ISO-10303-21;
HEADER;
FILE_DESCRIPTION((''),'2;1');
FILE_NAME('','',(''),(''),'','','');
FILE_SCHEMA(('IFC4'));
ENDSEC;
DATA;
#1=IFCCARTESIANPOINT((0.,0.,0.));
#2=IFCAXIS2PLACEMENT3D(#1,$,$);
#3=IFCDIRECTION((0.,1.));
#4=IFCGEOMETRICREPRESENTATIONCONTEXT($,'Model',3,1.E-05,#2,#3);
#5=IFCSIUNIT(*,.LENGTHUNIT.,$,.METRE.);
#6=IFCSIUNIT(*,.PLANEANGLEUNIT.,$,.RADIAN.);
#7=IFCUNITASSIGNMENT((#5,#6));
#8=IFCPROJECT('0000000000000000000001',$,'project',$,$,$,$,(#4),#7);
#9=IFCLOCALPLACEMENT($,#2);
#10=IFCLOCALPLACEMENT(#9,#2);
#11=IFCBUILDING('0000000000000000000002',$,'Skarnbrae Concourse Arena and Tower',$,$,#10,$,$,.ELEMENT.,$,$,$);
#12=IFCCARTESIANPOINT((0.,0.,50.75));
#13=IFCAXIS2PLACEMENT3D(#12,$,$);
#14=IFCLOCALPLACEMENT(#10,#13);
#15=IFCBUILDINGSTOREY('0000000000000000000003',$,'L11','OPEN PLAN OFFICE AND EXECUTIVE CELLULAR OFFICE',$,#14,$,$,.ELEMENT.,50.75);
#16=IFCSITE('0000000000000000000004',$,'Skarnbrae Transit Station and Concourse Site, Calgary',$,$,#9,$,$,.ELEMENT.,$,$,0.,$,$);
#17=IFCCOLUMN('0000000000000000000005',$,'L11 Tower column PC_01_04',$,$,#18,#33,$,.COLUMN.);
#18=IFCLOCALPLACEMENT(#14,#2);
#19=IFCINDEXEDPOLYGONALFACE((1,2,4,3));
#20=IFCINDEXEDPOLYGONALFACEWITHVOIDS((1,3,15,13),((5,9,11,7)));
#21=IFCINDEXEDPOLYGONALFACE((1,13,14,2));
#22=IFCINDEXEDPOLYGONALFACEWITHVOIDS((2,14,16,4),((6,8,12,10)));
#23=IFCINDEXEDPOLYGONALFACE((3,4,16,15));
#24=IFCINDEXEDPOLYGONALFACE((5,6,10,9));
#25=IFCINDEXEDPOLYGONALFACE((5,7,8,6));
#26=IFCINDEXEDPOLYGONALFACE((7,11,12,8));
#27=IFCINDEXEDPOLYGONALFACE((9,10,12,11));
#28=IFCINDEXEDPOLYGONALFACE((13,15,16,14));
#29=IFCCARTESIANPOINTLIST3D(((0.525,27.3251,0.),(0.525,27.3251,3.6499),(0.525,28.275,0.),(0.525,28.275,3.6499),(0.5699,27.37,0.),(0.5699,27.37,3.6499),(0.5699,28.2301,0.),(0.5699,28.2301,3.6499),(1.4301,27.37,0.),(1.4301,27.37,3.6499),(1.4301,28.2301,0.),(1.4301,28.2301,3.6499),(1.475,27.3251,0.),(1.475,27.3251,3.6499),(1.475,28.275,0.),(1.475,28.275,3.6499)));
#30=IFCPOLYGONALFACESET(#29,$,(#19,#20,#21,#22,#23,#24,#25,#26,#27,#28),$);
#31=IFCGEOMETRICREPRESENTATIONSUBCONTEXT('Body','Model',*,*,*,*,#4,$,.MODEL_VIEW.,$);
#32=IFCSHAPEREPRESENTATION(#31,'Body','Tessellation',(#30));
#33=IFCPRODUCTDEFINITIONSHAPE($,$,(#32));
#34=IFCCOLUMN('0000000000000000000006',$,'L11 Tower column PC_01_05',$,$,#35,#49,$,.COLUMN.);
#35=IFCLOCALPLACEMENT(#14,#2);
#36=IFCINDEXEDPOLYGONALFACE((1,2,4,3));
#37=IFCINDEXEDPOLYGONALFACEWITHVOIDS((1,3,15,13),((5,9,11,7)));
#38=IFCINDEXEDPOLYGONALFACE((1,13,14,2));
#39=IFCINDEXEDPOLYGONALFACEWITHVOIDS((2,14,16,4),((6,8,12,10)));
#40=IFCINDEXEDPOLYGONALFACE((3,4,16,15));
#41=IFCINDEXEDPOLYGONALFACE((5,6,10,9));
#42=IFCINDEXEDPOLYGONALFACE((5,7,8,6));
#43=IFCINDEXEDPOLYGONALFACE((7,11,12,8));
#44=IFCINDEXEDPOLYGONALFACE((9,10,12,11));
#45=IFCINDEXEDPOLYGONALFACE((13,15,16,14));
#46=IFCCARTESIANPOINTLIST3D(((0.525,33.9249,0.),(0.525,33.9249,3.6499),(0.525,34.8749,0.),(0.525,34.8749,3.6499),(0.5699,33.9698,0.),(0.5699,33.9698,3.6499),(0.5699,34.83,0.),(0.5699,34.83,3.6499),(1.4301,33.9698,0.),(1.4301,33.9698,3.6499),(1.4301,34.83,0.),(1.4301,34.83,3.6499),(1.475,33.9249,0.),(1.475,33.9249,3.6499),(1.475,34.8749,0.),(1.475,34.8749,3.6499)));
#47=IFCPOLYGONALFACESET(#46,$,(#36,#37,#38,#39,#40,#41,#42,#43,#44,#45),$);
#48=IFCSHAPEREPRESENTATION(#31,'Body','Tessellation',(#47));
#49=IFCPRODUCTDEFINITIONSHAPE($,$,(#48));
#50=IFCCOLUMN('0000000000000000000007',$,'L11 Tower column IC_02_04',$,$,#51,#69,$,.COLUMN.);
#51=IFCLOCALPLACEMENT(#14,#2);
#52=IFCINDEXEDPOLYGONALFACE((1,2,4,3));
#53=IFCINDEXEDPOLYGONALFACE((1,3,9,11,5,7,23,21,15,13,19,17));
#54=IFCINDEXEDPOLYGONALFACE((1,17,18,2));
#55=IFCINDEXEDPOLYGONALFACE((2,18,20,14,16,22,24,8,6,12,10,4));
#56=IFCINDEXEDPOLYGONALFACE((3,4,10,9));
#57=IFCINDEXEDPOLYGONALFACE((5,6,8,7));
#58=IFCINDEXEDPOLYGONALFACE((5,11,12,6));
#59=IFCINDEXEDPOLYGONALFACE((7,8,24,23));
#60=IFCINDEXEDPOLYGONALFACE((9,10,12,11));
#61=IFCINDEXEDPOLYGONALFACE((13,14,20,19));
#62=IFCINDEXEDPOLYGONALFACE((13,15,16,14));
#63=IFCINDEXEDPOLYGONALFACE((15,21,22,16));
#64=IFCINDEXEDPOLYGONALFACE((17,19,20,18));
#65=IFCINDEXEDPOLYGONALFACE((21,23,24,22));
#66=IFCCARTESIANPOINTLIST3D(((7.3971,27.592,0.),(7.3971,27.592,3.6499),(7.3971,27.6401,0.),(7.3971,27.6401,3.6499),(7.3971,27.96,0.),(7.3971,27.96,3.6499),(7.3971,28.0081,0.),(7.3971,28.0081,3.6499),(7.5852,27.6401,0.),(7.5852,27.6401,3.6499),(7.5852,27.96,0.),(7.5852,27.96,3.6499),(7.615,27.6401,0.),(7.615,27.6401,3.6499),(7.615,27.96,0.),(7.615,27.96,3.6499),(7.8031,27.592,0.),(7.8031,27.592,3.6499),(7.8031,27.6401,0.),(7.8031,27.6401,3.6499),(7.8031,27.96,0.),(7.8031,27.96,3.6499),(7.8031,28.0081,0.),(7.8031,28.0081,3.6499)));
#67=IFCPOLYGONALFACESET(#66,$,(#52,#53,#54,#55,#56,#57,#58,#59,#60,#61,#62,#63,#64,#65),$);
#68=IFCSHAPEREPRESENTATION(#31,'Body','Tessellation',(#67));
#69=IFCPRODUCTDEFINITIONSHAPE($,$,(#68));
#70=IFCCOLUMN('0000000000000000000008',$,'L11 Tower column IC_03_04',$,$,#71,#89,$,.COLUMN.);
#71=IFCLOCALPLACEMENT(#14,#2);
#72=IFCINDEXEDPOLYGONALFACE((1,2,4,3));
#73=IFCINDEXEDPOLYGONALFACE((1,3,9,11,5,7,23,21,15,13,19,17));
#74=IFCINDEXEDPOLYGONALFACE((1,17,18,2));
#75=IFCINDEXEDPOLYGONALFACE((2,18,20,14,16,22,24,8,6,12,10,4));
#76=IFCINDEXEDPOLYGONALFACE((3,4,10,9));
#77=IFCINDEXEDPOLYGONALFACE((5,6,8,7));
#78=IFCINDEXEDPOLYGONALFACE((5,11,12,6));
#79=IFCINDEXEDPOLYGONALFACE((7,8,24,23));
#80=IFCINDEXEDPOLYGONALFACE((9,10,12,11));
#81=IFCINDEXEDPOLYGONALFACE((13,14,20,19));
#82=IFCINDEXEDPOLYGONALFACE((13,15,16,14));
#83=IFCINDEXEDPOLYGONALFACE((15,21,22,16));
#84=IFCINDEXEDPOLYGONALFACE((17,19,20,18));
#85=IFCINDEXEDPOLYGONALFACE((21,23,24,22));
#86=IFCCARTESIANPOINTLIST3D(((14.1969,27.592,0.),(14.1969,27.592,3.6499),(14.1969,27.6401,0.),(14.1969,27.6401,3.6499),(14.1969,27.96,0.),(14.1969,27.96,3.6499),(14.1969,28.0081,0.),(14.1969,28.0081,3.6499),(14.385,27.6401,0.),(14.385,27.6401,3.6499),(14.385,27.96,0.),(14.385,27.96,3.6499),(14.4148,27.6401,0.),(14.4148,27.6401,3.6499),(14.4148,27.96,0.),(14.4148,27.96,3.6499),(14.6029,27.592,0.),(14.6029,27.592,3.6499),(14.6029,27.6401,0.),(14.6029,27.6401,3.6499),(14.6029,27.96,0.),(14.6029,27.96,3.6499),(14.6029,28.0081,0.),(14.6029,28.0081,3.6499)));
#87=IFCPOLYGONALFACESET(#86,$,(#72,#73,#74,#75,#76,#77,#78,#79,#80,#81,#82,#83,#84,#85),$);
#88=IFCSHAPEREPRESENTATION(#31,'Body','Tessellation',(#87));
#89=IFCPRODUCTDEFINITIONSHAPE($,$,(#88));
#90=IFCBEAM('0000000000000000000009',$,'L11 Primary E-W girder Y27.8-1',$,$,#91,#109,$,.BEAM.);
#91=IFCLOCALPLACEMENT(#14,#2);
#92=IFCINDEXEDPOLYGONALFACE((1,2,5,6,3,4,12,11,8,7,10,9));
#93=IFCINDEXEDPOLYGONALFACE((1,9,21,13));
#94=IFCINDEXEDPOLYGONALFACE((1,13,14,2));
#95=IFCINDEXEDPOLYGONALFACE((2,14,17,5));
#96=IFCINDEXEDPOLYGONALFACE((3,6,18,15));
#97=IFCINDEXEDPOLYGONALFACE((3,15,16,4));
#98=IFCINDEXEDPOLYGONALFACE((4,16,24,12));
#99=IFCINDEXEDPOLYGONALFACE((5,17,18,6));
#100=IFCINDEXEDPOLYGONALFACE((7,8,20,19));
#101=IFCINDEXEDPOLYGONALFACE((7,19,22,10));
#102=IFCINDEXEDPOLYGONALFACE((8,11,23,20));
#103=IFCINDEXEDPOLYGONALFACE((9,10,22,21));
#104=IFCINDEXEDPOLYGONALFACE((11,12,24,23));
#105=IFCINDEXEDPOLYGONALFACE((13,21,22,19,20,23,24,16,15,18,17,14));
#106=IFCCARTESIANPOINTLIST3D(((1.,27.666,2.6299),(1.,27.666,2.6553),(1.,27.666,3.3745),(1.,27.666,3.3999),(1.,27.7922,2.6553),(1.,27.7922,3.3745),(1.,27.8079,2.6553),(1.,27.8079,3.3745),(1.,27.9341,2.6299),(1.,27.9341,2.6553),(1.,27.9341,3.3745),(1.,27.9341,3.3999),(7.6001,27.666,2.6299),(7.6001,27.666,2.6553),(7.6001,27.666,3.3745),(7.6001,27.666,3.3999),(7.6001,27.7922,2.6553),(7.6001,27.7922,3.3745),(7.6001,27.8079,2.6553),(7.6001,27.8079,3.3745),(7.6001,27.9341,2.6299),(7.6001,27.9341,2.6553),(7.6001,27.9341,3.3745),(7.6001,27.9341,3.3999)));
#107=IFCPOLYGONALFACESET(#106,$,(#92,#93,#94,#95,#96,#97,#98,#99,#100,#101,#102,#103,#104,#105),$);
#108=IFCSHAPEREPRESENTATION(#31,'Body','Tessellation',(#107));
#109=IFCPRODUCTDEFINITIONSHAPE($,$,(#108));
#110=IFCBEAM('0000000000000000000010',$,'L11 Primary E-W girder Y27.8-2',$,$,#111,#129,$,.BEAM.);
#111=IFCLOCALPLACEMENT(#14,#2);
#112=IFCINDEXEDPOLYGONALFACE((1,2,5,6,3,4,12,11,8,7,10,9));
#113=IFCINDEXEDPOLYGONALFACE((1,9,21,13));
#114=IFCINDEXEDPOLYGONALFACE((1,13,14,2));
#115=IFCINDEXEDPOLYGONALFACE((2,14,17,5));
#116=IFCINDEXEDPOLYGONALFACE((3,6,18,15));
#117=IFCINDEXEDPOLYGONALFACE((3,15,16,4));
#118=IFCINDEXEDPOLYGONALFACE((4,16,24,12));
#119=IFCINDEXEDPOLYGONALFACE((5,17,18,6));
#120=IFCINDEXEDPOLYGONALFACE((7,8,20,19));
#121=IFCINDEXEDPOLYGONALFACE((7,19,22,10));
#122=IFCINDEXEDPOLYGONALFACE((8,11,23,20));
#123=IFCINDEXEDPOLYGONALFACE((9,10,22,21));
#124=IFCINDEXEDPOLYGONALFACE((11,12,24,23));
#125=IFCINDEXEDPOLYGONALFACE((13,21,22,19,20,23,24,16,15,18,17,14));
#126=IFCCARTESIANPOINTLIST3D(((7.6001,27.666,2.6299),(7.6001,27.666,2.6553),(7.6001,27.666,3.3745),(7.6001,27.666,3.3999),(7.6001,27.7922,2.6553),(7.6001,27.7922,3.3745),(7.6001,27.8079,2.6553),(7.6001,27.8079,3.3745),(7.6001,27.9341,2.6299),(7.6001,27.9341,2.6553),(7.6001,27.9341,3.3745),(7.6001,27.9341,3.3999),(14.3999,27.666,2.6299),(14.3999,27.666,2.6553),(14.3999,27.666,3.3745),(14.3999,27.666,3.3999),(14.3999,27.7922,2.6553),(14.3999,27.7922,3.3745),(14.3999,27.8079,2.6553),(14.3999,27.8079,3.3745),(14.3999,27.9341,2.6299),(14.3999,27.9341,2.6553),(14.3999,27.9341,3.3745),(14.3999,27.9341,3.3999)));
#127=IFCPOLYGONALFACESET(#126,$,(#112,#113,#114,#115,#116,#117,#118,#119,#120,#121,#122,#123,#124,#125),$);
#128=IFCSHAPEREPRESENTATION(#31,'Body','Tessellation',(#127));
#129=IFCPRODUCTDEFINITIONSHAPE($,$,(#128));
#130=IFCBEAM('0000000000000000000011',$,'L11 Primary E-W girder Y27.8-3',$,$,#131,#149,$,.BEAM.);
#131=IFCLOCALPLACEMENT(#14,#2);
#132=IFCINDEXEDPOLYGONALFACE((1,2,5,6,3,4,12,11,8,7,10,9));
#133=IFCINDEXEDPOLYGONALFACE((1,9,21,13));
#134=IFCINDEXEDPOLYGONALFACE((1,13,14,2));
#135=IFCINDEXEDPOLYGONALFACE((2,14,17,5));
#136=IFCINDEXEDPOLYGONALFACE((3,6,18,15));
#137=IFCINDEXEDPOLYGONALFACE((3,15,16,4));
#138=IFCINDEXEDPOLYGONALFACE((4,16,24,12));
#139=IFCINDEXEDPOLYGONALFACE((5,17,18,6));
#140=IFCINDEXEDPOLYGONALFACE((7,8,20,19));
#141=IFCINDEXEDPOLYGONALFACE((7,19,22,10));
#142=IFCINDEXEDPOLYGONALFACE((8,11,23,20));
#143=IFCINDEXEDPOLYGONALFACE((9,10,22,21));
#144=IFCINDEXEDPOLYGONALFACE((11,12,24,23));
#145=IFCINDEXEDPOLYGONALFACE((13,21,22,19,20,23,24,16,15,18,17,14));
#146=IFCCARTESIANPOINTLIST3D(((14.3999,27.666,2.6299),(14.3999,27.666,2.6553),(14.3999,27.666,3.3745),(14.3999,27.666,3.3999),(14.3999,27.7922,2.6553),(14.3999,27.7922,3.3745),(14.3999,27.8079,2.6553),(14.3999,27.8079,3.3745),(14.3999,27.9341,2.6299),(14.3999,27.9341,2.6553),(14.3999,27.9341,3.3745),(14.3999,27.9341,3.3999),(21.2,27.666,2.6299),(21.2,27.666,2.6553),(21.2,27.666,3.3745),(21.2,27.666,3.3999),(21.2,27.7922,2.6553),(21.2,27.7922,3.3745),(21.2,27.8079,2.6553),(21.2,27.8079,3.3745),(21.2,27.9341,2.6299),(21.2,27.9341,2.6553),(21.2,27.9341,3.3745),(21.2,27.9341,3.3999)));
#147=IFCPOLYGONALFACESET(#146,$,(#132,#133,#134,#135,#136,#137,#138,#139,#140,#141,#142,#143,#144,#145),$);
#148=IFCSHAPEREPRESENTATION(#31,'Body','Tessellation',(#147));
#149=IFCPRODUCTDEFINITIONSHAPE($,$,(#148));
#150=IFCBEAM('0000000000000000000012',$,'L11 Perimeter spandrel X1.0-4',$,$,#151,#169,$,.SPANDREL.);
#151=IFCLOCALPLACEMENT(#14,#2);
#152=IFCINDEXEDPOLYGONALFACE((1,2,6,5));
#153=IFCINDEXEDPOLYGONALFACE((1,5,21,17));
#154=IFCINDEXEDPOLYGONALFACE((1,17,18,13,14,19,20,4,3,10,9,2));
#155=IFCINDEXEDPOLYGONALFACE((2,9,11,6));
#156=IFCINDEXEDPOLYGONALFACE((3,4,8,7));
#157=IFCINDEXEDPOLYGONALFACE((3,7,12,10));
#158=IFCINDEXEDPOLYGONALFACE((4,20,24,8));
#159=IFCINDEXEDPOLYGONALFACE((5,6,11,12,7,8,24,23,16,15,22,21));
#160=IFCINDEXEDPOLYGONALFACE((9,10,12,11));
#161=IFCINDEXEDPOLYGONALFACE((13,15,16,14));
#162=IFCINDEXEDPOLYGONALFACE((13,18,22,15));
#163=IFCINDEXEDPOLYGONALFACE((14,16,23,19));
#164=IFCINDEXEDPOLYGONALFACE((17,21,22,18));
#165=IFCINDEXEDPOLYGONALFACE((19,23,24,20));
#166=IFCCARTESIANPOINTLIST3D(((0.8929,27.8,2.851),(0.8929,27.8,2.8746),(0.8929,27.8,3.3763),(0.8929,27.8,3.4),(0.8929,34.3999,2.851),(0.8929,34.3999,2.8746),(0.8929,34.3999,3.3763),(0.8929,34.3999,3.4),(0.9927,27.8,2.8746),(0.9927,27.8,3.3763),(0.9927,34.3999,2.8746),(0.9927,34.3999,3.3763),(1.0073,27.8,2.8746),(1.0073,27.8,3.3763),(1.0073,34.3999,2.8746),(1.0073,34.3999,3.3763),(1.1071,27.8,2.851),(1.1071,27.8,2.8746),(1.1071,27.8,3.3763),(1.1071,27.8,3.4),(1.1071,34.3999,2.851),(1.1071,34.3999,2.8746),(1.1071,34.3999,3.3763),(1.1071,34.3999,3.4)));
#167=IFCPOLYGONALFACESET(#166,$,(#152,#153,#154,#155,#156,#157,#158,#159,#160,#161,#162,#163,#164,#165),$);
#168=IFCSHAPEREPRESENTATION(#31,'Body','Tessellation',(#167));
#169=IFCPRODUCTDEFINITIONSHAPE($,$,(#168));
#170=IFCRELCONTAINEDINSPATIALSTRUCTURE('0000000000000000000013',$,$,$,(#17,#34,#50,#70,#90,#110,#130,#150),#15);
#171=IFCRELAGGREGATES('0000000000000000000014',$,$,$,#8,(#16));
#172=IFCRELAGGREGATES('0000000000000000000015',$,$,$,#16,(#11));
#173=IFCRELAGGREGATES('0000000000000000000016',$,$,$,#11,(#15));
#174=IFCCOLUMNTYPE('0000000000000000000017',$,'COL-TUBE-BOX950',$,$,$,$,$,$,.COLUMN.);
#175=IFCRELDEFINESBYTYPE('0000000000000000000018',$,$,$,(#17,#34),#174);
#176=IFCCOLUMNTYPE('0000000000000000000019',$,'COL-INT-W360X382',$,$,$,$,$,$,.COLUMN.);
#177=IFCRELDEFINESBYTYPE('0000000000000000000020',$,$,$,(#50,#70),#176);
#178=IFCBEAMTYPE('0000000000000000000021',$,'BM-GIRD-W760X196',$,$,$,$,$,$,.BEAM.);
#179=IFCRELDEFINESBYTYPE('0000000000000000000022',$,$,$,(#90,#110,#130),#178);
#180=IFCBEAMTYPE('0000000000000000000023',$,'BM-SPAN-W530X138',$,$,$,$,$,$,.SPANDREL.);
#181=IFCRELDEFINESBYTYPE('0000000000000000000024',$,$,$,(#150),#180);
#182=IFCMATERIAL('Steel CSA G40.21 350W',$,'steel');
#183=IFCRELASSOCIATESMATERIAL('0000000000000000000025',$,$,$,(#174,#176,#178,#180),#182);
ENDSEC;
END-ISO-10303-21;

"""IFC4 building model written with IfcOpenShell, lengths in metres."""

from ifc_helpers import new_model, si_unit, direction, frame, origin, origin_2d, place, context, subcontext, project, spatial, hollow_rectangle, i_section, extrude, source, transform, mapped, material, material_profile, profile_set, type_object, element, save


model = new_model("IFC4")

# Units and contexts
model_context = context("Model", 3, precision=1e-05, world=origin(), true_north=direction((0.0, 1.0)))
body_context = subcontext(model_context, "Body", "Model", "MODEL_VIEW")
ifc_project = project(units=[si_unit("LENGTHUNIT", "METRE"), si_unit("PLANEANGLEUNIT", "RADIAN")], contexts=[model_context])

# Site, building, storey
site_placement = place(None, origin())
site = spatial("IfcSite", under=ifc_project, at=site_placement, Name="Skarnbrae Transit Station and Concourse Site, Calgary", CompositionType="ELEMENT", RefElevation=0.0)
building_placement = place(site_placement, origin())
building = spatial("IfcBuilding", under=site, at=building_placement, Name="Skarnbrae Concourse Arena and Tower", CompositionType="ELEMENT")
storey_placement = place(building_placement, frame((0.0, 0.0, 50.75)))
storey = spatial("IfcBuildingStorey", under=building, at=storey_placement, Name="L11", Description="OPEN PLAN OFFICE AND EXECUTIVE CELLULAR OFFICE", CompositionType="ELEMENT", Elevation=50.75)

# Columns
ifc_material_1 = material(Name="Steel CSA G40.21 350W", Category="steel")
ifc_material_profile_1 = material_profile(ifc_material_1, hollow_rectangle(XDim=0.95, YDim=0.95, WallThickness=0.0449, at=origin_2d()), Name="BOX950X950X45")
ifc_profile_set_1 = profile_set([ifc_material_profile_1], Name="Steel CSA G40.21 350W")
column_type_1 = type_object("IfcColumnType", Name="COL-TUBE-BOX950", PredefinedType="COLUMN", material=ifc_profile_set_1)
shared_shape_1 = source(origin(), body_context, "Body", "SweptSolid", [
    extrude(hollow_rectangle(XDim=0.95, YDim=0.95, WallThickness=0.0449, at=origin_2d()), origin(), (0.0, 0.0, 1.0), 3.6499),
])
for number, where, z_axis, x_axis, name in (
    (1, (1.0, 27.8, 0.0), (0.0, 0.0, 1.0), (1.0, 0.0, 0.0), "L11 Tower column PC_01_04"),
    (2, (1.0, 34.3999, 0.0), (0.0, 0.0, 1.0), (1.0, 0.0, 0.0), "L11 Tower column PC_01_05"),
):
    element("IfcColumn", number, at=place(storey_placement, frame(where, z_axis=z_axis, x_axis=x_axis)), inside=storey, type_object=column_type_1, Name=name, PredefinedType="COLUMN", context=body_context, shape_type="MappedRepresentation", body=[
        mapped(shared_shape_1, transform((0.0, 0.0, 0.0))),
    ])
ifc_material_profile_2 = material_profile(ifc_material_1, i_section(OverallWidth=0.406, OverallDepth=0.416, WebThickness=0.0298, FlangeThickness=0.0481, at=origin_2d()), Name="W360X382")
ifc_profile_set_2 = profile_set([ifc_material_profile_2], Name="Steel CSA G40.21 350W")
column_type_2 = type_object("IfcColumnType", Name="COL-INT-W360X382", PredefinedType="COLUMN", material=ifc_profile_set_2)
shared_shape_2 = source(origin(), body_context, "Body", "SweptSolid", [
    extrude(i_section(OverallWidth=0.406, OverallDepth=0.416, WebThickness=0.0298, FlangeThickness=0.0481, at=origin_2d()), origin(), (0.0, 0.0, 1.0), 3.6499),
])
for number, where, z_axis, x_axis, name in (
    (3, (7.6001, 27.8, 0.0), (0.0, 0.0, 1.0), (1.0, 0.0, 0.0), "L11 Tower column IC_02_04"),
    (4, (14.3999, 27.8, 0.0), (0.0, 0.0, 1.0), (1.0, 0.0, 0.0), "L11 Tower column IC_03_04"),
):
    element("IfcColumn", number, at=place(storey_placement, frame(where, z_axis=z_axis, x_axis=x_axis)), inside=storey, type_object=column_type_2, Name=name, PredefinedType="COLUMN", context=body_context, shape_type="MappedRepresentation", body=[
        mapped(shared_shape_2, transform((0.0, 0.0, 0.0))),
    ])

# Beams
ifc_material_profile_3 = material_profile(ifc_material_1, i_section(OverallWidth=0.2681, OverallDepth=0.77, WebThickness=0.0156, FlangeThickness=0.0254, at=origin_2d()), Name="W760X196")
ifc_profile_set_3 = profile_set([ifc_material_profile_3], Name="Steel CSA G40.21 350W")
beam_type_1 = type_object("IfcBeamType", Name="BM-GIRD-W760X196", PredefinedType="BEAM", material=ifc_profile_set_3)
shared_shape_3 = source(origin(), body_context, "Body", "SweptSolid", [
    extrude(i_section(OverallWidth=0.2681, OverallDepth=0.77, WebThickness=0.0156, FlangeThickness=0.0254, at=origin_2d()), origin(), (0.0, 0.0, 1.0), 6.6001),
])
beam_1_placement = place(storey_placement, frame((1.0, 27.8, 3.0149), z_axis=(1.0, 0.0, 0.0), x_axis=(0.0, 1.0, 0.0)))
element("IfcBeam", 5, at=beam_1_placement, inside=storey, type_object=beam_type_1, Name="L11 Primary E-W girder Y27.8-1", PredefinedType="BEAM", context=body_context, shape_type="MappedRepresentation", body=[
    mapped(shared_shape_3, transform((0.0, 0.0, 0.0))),
])
shared_shape_4 = source(origin(), body_context, "Body", "SweptSolid", [
    extrude(i_section(OverallWidth=0.2681, OverallDepth=0.77, WebThickness=0.0156, FlangeThickness=0.0254, at=origin_2d()), origin(), (0.0, 0.0, 1.0), 6.7998),
])
beam_2_placement = place(storey_placement, frame((7.6001, 27.8, 3.0149), z_axis=(1.0, 0.0, 0.0), x_axis=(0.0, 1.0, 0.0)))
element("IfcBeam", 6, at=beam_2_placement, inside=storey, type_object=beam_type_1, Name="L11 Primary E-W girder Y27.8-2", PredefinedType="BEAM", context=body_context, shape_type="MappedRepresentation", body=[
    mapped(shared_shape_4, transform((0.0, 0.0, 0.0))),
])
shared_shape_5 = source(origin(), body_context, "Body", "SweptSolid", [
    extrude(i_section(OverallWidth=0.2681, OverallDepth=0.77, WebThickness=0.0156, FlangeThickness=0.0254, at=origin_2d()), origin(), (0.0, 0.0, 1.0), 6.8),
])
beam_3_placement = place(storey_placement, frame((14.3999, 27.8, 3.0149), z_axis=(1.0, 0.0, 0.0), x_axis=(0.0, 1.0, 0.0)))
element("IfcBeam", 7, at=beam_3_placement, inside=storey, type_object=beam_type_1, Name="L11 Primary E-W girder Y27.8-3", PredefinedType="BEAM", context=body_context, shape_type="MappedRepresentation", body=[
    mapped(shared_shape_5, transform((0.0, 0.0, 0.0))),
])
ifc_material_profile_4 = material_profile(ifc_material_1, i_section(OverallWidth=0.2141, OverallDepth=0.5491, WebThickness=0.0146, FlangeThickness=0.0237, at=origin_2d()), Name="W530X138")
ifc_profile_set_4 = profile_set([ifc_material_profile_4], Name="Steel CSA G40.21 350W")
beam_type_2 = type_object("IfcBeamType", Name="BM-SPAN-W530X138", PredefinedType="SPANDREL", material=ifc_profile_set_4)
shared_shape_6 = source(origin(), body_context, "Body", "SweptSolid", [
    extrude(i_section(OverallWidth=0.2141, OverallDepth=0.5491, WebThickness=0.0146, FlangeThickness=0.0237, at=origin_2d()), origin(), (0.0, 0.0, 1.0), 6.5999),
])
beam_4_placement = place(storey_placement, frame((1.0, 27.8, 3.1255), z_axis=(0.0, 1.0, 0.0), x_axis=(-1.0, 0.0, 0.0)))
element("IfcBeam", 8, at=beam_4_placement, inside=storey, type_object=beam_type_2, Name="L11 Perimeter spandrel X1.0-4", PredefinedType="SPANDREL", context=body_context, shape_type="MappedRepresentation", body=[
    mapped(shared_shape_6, transform((0.0, 0.0, 0.0))),
])

save(model, "model.ifc")
